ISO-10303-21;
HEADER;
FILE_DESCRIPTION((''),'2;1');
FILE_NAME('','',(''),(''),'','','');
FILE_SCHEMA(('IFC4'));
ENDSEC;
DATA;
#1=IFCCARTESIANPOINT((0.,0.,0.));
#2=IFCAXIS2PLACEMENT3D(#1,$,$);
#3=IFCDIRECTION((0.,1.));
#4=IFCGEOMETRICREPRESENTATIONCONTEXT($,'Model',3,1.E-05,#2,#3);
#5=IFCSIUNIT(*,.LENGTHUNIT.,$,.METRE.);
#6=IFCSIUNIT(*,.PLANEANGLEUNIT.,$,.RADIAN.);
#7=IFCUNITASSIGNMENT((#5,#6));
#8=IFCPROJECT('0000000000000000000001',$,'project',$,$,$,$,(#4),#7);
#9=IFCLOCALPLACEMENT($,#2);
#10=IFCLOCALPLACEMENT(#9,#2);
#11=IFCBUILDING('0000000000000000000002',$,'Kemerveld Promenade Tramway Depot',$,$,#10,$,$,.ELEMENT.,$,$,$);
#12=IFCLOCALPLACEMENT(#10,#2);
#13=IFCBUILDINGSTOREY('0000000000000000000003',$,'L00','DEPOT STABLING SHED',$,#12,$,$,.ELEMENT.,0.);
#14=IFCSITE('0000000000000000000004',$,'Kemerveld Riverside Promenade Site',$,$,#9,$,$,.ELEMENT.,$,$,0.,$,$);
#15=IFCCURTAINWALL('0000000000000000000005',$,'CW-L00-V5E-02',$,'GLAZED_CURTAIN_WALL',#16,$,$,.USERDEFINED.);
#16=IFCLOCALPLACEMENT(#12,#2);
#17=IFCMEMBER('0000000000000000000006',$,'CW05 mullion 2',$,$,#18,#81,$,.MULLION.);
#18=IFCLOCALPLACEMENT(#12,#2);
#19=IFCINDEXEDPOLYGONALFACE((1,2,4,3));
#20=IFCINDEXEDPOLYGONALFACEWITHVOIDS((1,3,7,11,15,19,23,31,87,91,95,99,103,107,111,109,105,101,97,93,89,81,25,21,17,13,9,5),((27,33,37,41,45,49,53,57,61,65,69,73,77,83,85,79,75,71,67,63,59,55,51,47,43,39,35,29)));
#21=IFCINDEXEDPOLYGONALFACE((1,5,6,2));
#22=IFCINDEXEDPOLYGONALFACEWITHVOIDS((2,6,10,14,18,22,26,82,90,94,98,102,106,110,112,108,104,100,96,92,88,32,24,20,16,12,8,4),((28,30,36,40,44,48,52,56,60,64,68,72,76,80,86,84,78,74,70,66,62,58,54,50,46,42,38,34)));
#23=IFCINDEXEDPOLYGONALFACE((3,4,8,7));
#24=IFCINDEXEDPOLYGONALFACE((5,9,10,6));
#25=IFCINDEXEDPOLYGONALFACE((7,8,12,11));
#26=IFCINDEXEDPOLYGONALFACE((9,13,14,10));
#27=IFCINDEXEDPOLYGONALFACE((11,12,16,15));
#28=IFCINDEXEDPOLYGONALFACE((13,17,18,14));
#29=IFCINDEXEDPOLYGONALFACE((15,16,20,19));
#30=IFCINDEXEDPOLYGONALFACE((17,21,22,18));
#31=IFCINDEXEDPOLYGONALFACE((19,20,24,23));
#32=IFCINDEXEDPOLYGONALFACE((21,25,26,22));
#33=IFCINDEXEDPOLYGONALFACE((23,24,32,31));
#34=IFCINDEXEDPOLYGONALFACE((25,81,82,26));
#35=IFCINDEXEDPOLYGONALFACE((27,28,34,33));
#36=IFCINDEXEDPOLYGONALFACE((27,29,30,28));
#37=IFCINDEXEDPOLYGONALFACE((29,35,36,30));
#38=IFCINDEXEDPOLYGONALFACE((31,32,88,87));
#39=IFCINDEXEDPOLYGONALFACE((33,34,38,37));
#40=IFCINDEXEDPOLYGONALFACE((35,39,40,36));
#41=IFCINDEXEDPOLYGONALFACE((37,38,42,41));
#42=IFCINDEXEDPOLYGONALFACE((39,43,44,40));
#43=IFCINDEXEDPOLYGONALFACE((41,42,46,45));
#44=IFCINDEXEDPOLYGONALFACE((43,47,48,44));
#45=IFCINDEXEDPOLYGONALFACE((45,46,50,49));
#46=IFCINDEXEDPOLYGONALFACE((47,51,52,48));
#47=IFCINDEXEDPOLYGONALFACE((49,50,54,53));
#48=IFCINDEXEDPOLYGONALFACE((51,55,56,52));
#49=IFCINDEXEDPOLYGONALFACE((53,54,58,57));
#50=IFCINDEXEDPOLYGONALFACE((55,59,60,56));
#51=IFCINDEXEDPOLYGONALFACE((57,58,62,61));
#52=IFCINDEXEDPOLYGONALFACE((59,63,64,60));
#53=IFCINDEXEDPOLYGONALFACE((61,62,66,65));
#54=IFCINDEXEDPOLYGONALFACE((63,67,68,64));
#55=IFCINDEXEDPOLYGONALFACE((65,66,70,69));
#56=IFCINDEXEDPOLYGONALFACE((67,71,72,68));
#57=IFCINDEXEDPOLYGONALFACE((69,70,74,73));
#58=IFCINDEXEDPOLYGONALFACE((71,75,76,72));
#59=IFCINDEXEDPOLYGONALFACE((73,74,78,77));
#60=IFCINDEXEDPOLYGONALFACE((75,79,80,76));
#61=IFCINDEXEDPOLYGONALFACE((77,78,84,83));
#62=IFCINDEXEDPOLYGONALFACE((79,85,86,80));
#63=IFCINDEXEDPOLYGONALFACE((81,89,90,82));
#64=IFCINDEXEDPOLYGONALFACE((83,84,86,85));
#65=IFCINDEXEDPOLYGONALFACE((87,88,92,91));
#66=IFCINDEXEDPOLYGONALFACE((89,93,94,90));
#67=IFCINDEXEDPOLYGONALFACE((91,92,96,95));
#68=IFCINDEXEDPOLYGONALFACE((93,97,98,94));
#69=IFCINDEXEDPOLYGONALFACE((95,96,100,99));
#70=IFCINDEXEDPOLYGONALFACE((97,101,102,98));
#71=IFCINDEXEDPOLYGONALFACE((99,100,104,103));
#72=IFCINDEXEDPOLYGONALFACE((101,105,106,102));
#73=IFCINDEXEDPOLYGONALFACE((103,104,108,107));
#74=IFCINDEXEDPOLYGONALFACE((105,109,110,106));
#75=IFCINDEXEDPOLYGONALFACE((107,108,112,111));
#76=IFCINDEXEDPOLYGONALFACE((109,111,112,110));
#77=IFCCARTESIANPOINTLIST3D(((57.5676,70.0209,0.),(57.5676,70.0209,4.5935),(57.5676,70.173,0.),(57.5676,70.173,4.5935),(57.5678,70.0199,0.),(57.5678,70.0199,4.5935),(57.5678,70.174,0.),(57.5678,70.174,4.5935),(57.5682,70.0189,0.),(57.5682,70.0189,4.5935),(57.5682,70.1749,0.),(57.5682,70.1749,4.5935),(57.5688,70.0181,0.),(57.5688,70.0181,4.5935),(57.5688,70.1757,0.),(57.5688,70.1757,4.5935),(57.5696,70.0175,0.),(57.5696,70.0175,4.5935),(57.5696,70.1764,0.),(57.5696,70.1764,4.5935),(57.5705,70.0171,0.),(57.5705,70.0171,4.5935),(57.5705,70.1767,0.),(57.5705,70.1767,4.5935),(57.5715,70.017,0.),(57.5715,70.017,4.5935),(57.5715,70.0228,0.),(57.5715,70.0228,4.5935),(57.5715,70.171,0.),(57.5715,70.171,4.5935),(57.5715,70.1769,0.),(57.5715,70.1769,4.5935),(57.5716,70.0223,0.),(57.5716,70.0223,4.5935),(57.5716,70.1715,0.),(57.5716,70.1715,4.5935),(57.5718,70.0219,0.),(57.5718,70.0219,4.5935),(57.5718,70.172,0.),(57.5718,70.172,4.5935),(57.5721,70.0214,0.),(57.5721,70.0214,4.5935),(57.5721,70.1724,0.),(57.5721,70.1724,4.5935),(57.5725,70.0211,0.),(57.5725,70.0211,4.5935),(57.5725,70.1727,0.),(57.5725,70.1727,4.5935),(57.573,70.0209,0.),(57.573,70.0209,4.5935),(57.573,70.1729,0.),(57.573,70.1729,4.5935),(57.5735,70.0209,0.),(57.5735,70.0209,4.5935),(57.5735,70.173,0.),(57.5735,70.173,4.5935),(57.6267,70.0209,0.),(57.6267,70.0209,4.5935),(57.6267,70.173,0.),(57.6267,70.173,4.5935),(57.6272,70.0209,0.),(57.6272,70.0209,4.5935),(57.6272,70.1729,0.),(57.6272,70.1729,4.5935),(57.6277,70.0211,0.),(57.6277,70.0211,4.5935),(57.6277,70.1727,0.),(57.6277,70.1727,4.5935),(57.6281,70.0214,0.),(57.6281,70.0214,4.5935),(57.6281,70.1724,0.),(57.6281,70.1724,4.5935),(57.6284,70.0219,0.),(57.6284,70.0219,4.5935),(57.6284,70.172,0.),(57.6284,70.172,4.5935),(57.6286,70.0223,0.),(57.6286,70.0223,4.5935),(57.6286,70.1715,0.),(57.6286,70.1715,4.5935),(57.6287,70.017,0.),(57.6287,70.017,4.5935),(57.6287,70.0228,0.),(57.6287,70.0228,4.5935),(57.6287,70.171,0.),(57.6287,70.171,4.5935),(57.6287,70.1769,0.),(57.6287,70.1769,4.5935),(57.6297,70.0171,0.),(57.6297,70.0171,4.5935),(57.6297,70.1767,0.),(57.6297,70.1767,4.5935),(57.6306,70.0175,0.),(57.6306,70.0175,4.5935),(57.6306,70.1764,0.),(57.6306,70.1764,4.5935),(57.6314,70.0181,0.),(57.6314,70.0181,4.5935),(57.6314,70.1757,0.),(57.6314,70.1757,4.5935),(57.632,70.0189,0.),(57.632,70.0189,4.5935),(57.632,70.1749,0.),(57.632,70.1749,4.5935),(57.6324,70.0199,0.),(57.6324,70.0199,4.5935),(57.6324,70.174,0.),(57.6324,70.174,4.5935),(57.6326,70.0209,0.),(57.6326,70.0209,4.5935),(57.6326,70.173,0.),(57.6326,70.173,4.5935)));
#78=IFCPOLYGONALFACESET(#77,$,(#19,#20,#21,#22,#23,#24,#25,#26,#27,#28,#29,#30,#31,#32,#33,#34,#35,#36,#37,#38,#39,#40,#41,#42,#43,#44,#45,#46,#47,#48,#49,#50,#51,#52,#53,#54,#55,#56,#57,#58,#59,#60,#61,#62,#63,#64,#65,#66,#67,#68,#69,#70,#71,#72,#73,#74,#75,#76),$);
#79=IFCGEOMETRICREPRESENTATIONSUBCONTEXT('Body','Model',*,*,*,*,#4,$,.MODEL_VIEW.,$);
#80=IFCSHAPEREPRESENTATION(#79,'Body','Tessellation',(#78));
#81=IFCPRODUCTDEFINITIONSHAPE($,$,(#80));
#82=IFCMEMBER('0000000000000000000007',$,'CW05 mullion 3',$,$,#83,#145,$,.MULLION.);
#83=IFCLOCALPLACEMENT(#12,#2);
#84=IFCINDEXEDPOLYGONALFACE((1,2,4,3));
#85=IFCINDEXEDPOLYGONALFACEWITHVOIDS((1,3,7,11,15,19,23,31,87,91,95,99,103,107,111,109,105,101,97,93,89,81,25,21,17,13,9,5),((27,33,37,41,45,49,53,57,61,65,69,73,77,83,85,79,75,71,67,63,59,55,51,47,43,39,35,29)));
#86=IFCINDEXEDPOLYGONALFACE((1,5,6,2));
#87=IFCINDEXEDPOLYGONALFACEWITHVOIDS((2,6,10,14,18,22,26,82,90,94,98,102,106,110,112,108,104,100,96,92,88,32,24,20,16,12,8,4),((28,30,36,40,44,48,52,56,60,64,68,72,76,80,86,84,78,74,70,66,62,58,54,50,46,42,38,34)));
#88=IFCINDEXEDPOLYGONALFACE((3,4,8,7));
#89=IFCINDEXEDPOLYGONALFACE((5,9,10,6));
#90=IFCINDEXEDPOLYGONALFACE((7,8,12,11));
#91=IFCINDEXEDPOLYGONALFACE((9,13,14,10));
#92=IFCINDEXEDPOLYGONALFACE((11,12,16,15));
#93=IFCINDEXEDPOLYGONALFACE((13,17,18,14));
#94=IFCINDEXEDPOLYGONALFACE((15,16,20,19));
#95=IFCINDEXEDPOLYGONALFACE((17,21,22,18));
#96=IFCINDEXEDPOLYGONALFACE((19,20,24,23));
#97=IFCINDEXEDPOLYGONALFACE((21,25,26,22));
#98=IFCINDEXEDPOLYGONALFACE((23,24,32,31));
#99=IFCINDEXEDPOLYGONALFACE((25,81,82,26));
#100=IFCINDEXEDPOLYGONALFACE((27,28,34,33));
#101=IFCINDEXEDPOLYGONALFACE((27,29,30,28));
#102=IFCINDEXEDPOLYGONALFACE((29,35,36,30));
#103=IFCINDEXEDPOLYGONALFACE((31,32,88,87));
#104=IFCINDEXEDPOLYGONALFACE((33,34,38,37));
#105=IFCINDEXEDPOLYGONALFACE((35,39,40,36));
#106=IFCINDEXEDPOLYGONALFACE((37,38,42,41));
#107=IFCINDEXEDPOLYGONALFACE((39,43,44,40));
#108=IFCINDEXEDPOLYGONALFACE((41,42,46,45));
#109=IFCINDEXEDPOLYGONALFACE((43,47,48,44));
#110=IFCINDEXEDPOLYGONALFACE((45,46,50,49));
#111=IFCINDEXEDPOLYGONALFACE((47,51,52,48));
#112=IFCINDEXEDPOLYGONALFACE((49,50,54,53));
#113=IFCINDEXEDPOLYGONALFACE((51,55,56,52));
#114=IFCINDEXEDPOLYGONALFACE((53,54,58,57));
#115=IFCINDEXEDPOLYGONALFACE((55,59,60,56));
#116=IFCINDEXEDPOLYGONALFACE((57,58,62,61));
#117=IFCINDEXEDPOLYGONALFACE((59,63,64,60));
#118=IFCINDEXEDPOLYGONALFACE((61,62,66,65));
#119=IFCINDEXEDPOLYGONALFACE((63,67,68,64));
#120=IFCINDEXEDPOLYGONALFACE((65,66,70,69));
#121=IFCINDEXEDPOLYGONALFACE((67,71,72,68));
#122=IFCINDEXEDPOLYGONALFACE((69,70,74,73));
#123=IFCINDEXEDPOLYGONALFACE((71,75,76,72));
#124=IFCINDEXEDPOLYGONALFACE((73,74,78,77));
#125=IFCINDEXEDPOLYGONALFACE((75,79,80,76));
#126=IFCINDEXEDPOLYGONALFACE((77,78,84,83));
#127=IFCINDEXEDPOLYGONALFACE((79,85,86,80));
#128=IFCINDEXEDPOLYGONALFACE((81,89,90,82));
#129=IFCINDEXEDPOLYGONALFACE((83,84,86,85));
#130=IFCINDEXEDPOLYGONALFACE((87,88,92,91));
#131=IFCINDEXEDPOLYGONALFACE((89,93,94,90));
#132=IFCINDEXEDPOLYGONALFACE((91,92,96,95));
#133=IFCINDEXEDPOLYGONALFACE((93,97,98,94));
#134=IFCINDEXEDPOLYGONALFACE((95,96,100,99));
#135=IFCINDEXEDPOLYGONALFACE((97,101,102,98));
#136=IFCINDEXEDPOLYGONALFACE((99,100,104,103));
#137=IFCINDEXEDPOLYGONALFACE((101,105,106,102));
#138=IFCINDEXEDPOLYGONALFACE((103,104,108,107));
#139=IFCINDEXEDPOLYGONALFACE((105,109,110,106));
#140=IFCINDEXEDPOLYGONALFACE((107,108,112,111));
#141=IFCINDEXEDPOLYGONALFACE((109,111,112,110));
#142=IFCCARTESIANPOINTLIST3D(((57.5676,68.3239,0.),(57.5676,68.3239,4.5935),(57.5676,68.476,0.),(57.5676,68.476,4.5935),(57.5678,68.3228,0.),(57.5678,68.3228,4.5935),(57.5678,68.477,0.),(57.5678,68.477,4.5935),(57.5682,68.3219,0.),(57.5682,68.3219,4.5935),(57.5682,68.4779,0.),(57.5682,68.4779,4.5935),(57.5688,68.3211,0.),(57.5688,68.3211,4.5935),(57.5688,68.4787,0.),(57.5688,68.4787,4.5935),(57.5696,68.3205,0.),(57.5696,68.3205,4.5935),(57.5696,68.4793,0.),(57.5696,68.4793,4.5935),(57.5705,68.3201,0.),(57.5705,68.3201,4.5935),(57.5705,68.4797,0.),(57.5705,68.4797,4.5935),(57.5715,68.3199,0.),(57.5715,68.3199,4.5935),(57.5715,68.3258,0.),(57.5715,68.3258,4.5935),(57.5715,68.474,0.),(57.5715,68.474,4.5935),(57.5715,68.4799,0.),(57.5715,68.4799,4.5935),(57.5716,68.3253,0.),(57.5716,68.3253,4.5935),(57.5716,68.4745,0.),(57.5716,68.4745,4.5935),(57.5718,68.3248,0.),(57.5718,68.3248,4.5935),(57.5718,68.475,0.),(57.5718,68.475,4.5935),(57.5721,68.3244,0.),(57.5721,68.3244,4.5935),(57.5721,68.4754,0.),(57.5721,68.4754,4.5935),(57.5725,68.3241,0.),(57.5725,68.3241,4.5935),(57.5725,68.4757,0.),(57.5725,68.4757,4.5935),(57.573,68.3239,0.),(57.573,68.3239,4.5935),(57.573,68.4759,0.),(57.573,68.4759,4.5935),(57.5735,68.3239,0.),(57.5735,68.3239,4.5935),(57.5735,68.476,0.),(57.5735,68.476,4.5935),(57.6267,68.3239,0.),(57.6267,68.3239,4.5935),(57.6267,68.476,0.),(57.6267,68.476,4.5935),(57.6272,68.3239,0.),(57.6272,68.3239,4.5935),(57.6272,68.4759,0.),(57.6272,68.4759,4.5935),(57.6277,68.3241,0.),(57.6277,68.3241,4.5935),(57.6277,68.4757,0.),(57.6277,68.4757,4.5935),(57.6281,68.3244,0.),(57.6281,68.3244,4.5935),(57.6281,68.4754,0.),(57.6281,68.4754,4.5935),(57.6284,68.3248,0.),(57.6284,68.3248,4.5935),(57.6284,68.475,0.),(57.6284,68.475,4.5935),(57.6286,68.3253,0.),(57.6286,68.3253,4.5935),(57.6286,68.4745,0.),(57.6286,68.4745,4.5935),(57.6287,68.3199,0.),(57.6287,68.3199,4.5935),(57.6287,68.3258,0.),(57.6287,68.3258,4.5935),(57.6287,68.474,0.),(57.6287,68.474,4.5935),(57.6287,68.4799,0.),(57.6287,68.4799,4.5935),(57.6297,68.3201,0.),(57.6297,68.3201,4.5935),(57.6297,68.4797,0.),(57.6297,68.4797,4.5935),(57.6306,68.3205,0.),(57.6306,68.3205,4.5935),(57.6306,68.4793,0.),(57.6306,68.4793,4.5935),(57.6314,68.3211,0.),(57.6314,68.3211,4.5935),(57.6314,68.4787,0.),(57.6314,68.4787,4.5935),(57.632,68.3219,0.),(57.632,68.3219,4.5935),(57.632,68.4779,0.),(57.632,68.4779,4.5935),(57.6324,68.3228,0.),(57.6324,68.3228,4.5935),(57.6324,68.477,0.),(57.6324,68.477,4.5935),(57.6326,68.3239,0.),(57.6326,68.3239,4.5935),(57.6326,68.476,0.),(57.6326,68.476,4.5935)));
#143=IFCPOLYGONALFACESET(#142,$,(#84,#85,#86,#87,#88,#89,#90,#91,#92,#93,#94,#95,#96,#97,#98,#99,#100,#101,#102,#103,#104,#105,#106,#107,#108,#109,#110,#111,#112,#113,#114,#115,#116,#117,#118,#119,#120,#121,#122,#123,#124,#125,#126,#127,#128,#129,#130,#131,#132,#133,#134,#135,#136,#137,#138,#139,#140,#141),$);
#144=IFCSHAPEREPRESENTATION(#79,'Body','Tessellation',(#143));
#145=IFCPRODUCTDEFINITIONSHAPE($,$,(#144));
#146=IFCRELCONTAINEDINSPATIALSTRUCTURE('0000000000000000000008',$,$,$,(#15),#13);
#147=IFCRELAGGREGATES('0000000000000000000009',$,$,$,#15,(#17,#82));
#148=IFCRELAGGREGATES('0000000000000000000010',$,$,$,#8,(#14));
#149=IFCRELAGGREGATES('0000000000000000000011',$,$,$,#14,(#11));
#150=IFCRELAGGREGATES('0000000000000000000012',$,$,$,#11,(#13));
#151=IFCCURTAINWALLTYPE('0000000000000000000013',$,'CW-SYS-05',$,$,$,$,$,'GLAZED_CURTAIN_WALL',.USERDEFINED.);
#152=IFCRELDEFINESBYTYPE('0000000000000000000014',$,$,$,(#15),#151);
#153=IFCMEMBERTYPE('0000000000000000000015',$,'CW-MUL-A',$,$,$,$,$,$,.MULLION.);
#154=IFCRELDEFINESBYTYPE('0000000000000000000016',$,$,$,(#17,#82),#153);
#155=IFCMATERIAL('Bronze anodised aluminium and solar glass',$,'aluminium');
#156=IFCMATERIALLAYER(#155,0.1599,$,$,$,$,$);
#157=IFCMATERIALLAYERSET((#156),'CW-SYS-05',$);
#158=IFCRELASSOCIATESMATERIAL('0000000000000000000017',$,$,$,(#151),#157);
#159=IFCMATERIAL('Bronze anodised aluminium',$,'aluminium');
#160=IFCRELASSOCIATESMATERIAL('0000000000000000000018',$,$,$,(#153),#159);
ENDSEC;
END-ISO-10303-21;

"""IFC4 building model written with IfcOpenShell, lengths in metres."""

from ifc_helpers import new_model, si_unit, direction, frame, origin, origin_2d, place, context, subcontext, project, spatial, hollow_rectangle, extrude, material, layer, layer_set, material_profile, profile_set, type_object, element, aggregate, save


model = new_model("IFC4")

# Units and contexts
model_context = context("Model", 3, precision=1e-05, world=origin(), true_north=direction((0.0, 1.0)))
body_context = subcontext(model_context, "Body", "Model", "MODEL_VIEW")
ifc_project = project(units=[si_unit("LENGTHUNIT", "METRE"), si_unit("PLANEANGLEUNIT", "RADIAN")], contexts=[model_context])

# Site, building, storey
site_placement = place(None, origin())
site = spatial("IfcSite", under=ifc_project, at=site_placement, Name="Kemerveld Riverside Promenade Site", CompositionType="ELEMENT", RefElevation=0.0)
building_placement = place(site_placement, origin())
building = spatial("IfcBuilding", under=site, at=building_placement, Name="Kemerveld Promenade Tramway Depot", CompositionType="ELEMENT")
storey_placement = place(building_placement, origin())
storey = spatial("IfcBuildingStorey", under=building, at=storey_placement, Name="L00", Description="DEPOT STABLING SHED", CompositionType="ELEMENT", Elevation=0.0)

# Curtain wall, members
ifc_material_1 = material(Name="Bronze anodised aluminium and solar glass", Category="aluminium")
ifc_layer_1 = layer(ifc_material_1, 0.1599)
ifc_layer_set_1 = layer_set([ifc_layer_1], Name="CW-SYS-05")
curtain_wall_type = type_object("IfcCurtainWallType", Name="CW-SYS-05", ElementType="GLAZED_CURTAIN_WALL", PredefinedType="USERDEFINED", material=ifc_layer_set_1)
curtain_wall_placement = place(storey_placement, origin())
curtain_wall = element("IfcCurtainWall", 1, at=curtain_wall_placement, inside=storey, type_object=curtain_wall_type, Name="CW-L00-V5E-02", ObjectType="GLAZED_CURTAIN_WALL", PredefinedType="USERDEFINED")
ifc_material_2 = material(Name="Bronze anodised aluminium", Category="aluminium")
ifc_material_profile_1 = material_profile(ifc_material_2, hollow_rectangle(XDim=0.0649, YDim=0.1599, WallThickness=0.0039, InnerFilletRadius=0.002, OuterFilletRadius=0.0039, at=origin_2d()), Name="CW-MUL-160x65")
ifc_profile_set_1 = profile_set([ifc_material_profile_1], Name="Bronze anodised aluminium")
member_type_1 = type_object("IfcMemberType", Name="CW-MUL-A", PredefinedType="MULLION", material=ifc_profile_set_1)
member_1_placement = place(storey_placement, frame((57.6001, 70.0969, 0.0), z_axis=(0.0, 0.0, 1.0), x_axis=(1.0, 0.0, 0.0)))
member_1 = element("IfcMember", 2, at=member_1_placement, type_object=member_type_1, Name="CW05 mullion 2", PredefinedType="MULLION", context=body_context, shape_type="SweptSolid", body=[
    extrude(hollow_rectangle(XDim=0.0649, YDim=0.1599, WallThickness=0.0039, InnerFilletRadius=0.002, OuterFilletRadius=0.0039, at=origin_2d()), origin(), (0.0, 0.0, 1.0), 4.5935),
])
member_2_placement = place(storey_placement, frame((57.6001, 68.3999, 0.0), z_axis=(0.0, 0.0, 1.0), x_axis=(1.0, 0.0, 0.0)))
member_2 = element("IfcMember", 3, at=member_2_placement, type_object=member_type_1, Name="CW05 mullion 3", PredefinedType="MULLION", context=body_context, shape_type="SweptSolid", body=[
    extrude(hollow_rectangle(XDim=0.0649, YDim=0.1599, WallThickness=0.0039, InnerFilletRadius=0.002, OuterFilletRadius=0.0039, at=origin_2d()), origin(), (0.0, 0.0, 1.0), 4.5935),
])
aggregate(curtain_wall, [member_1, member_2])

save(model, "model.ifc")
